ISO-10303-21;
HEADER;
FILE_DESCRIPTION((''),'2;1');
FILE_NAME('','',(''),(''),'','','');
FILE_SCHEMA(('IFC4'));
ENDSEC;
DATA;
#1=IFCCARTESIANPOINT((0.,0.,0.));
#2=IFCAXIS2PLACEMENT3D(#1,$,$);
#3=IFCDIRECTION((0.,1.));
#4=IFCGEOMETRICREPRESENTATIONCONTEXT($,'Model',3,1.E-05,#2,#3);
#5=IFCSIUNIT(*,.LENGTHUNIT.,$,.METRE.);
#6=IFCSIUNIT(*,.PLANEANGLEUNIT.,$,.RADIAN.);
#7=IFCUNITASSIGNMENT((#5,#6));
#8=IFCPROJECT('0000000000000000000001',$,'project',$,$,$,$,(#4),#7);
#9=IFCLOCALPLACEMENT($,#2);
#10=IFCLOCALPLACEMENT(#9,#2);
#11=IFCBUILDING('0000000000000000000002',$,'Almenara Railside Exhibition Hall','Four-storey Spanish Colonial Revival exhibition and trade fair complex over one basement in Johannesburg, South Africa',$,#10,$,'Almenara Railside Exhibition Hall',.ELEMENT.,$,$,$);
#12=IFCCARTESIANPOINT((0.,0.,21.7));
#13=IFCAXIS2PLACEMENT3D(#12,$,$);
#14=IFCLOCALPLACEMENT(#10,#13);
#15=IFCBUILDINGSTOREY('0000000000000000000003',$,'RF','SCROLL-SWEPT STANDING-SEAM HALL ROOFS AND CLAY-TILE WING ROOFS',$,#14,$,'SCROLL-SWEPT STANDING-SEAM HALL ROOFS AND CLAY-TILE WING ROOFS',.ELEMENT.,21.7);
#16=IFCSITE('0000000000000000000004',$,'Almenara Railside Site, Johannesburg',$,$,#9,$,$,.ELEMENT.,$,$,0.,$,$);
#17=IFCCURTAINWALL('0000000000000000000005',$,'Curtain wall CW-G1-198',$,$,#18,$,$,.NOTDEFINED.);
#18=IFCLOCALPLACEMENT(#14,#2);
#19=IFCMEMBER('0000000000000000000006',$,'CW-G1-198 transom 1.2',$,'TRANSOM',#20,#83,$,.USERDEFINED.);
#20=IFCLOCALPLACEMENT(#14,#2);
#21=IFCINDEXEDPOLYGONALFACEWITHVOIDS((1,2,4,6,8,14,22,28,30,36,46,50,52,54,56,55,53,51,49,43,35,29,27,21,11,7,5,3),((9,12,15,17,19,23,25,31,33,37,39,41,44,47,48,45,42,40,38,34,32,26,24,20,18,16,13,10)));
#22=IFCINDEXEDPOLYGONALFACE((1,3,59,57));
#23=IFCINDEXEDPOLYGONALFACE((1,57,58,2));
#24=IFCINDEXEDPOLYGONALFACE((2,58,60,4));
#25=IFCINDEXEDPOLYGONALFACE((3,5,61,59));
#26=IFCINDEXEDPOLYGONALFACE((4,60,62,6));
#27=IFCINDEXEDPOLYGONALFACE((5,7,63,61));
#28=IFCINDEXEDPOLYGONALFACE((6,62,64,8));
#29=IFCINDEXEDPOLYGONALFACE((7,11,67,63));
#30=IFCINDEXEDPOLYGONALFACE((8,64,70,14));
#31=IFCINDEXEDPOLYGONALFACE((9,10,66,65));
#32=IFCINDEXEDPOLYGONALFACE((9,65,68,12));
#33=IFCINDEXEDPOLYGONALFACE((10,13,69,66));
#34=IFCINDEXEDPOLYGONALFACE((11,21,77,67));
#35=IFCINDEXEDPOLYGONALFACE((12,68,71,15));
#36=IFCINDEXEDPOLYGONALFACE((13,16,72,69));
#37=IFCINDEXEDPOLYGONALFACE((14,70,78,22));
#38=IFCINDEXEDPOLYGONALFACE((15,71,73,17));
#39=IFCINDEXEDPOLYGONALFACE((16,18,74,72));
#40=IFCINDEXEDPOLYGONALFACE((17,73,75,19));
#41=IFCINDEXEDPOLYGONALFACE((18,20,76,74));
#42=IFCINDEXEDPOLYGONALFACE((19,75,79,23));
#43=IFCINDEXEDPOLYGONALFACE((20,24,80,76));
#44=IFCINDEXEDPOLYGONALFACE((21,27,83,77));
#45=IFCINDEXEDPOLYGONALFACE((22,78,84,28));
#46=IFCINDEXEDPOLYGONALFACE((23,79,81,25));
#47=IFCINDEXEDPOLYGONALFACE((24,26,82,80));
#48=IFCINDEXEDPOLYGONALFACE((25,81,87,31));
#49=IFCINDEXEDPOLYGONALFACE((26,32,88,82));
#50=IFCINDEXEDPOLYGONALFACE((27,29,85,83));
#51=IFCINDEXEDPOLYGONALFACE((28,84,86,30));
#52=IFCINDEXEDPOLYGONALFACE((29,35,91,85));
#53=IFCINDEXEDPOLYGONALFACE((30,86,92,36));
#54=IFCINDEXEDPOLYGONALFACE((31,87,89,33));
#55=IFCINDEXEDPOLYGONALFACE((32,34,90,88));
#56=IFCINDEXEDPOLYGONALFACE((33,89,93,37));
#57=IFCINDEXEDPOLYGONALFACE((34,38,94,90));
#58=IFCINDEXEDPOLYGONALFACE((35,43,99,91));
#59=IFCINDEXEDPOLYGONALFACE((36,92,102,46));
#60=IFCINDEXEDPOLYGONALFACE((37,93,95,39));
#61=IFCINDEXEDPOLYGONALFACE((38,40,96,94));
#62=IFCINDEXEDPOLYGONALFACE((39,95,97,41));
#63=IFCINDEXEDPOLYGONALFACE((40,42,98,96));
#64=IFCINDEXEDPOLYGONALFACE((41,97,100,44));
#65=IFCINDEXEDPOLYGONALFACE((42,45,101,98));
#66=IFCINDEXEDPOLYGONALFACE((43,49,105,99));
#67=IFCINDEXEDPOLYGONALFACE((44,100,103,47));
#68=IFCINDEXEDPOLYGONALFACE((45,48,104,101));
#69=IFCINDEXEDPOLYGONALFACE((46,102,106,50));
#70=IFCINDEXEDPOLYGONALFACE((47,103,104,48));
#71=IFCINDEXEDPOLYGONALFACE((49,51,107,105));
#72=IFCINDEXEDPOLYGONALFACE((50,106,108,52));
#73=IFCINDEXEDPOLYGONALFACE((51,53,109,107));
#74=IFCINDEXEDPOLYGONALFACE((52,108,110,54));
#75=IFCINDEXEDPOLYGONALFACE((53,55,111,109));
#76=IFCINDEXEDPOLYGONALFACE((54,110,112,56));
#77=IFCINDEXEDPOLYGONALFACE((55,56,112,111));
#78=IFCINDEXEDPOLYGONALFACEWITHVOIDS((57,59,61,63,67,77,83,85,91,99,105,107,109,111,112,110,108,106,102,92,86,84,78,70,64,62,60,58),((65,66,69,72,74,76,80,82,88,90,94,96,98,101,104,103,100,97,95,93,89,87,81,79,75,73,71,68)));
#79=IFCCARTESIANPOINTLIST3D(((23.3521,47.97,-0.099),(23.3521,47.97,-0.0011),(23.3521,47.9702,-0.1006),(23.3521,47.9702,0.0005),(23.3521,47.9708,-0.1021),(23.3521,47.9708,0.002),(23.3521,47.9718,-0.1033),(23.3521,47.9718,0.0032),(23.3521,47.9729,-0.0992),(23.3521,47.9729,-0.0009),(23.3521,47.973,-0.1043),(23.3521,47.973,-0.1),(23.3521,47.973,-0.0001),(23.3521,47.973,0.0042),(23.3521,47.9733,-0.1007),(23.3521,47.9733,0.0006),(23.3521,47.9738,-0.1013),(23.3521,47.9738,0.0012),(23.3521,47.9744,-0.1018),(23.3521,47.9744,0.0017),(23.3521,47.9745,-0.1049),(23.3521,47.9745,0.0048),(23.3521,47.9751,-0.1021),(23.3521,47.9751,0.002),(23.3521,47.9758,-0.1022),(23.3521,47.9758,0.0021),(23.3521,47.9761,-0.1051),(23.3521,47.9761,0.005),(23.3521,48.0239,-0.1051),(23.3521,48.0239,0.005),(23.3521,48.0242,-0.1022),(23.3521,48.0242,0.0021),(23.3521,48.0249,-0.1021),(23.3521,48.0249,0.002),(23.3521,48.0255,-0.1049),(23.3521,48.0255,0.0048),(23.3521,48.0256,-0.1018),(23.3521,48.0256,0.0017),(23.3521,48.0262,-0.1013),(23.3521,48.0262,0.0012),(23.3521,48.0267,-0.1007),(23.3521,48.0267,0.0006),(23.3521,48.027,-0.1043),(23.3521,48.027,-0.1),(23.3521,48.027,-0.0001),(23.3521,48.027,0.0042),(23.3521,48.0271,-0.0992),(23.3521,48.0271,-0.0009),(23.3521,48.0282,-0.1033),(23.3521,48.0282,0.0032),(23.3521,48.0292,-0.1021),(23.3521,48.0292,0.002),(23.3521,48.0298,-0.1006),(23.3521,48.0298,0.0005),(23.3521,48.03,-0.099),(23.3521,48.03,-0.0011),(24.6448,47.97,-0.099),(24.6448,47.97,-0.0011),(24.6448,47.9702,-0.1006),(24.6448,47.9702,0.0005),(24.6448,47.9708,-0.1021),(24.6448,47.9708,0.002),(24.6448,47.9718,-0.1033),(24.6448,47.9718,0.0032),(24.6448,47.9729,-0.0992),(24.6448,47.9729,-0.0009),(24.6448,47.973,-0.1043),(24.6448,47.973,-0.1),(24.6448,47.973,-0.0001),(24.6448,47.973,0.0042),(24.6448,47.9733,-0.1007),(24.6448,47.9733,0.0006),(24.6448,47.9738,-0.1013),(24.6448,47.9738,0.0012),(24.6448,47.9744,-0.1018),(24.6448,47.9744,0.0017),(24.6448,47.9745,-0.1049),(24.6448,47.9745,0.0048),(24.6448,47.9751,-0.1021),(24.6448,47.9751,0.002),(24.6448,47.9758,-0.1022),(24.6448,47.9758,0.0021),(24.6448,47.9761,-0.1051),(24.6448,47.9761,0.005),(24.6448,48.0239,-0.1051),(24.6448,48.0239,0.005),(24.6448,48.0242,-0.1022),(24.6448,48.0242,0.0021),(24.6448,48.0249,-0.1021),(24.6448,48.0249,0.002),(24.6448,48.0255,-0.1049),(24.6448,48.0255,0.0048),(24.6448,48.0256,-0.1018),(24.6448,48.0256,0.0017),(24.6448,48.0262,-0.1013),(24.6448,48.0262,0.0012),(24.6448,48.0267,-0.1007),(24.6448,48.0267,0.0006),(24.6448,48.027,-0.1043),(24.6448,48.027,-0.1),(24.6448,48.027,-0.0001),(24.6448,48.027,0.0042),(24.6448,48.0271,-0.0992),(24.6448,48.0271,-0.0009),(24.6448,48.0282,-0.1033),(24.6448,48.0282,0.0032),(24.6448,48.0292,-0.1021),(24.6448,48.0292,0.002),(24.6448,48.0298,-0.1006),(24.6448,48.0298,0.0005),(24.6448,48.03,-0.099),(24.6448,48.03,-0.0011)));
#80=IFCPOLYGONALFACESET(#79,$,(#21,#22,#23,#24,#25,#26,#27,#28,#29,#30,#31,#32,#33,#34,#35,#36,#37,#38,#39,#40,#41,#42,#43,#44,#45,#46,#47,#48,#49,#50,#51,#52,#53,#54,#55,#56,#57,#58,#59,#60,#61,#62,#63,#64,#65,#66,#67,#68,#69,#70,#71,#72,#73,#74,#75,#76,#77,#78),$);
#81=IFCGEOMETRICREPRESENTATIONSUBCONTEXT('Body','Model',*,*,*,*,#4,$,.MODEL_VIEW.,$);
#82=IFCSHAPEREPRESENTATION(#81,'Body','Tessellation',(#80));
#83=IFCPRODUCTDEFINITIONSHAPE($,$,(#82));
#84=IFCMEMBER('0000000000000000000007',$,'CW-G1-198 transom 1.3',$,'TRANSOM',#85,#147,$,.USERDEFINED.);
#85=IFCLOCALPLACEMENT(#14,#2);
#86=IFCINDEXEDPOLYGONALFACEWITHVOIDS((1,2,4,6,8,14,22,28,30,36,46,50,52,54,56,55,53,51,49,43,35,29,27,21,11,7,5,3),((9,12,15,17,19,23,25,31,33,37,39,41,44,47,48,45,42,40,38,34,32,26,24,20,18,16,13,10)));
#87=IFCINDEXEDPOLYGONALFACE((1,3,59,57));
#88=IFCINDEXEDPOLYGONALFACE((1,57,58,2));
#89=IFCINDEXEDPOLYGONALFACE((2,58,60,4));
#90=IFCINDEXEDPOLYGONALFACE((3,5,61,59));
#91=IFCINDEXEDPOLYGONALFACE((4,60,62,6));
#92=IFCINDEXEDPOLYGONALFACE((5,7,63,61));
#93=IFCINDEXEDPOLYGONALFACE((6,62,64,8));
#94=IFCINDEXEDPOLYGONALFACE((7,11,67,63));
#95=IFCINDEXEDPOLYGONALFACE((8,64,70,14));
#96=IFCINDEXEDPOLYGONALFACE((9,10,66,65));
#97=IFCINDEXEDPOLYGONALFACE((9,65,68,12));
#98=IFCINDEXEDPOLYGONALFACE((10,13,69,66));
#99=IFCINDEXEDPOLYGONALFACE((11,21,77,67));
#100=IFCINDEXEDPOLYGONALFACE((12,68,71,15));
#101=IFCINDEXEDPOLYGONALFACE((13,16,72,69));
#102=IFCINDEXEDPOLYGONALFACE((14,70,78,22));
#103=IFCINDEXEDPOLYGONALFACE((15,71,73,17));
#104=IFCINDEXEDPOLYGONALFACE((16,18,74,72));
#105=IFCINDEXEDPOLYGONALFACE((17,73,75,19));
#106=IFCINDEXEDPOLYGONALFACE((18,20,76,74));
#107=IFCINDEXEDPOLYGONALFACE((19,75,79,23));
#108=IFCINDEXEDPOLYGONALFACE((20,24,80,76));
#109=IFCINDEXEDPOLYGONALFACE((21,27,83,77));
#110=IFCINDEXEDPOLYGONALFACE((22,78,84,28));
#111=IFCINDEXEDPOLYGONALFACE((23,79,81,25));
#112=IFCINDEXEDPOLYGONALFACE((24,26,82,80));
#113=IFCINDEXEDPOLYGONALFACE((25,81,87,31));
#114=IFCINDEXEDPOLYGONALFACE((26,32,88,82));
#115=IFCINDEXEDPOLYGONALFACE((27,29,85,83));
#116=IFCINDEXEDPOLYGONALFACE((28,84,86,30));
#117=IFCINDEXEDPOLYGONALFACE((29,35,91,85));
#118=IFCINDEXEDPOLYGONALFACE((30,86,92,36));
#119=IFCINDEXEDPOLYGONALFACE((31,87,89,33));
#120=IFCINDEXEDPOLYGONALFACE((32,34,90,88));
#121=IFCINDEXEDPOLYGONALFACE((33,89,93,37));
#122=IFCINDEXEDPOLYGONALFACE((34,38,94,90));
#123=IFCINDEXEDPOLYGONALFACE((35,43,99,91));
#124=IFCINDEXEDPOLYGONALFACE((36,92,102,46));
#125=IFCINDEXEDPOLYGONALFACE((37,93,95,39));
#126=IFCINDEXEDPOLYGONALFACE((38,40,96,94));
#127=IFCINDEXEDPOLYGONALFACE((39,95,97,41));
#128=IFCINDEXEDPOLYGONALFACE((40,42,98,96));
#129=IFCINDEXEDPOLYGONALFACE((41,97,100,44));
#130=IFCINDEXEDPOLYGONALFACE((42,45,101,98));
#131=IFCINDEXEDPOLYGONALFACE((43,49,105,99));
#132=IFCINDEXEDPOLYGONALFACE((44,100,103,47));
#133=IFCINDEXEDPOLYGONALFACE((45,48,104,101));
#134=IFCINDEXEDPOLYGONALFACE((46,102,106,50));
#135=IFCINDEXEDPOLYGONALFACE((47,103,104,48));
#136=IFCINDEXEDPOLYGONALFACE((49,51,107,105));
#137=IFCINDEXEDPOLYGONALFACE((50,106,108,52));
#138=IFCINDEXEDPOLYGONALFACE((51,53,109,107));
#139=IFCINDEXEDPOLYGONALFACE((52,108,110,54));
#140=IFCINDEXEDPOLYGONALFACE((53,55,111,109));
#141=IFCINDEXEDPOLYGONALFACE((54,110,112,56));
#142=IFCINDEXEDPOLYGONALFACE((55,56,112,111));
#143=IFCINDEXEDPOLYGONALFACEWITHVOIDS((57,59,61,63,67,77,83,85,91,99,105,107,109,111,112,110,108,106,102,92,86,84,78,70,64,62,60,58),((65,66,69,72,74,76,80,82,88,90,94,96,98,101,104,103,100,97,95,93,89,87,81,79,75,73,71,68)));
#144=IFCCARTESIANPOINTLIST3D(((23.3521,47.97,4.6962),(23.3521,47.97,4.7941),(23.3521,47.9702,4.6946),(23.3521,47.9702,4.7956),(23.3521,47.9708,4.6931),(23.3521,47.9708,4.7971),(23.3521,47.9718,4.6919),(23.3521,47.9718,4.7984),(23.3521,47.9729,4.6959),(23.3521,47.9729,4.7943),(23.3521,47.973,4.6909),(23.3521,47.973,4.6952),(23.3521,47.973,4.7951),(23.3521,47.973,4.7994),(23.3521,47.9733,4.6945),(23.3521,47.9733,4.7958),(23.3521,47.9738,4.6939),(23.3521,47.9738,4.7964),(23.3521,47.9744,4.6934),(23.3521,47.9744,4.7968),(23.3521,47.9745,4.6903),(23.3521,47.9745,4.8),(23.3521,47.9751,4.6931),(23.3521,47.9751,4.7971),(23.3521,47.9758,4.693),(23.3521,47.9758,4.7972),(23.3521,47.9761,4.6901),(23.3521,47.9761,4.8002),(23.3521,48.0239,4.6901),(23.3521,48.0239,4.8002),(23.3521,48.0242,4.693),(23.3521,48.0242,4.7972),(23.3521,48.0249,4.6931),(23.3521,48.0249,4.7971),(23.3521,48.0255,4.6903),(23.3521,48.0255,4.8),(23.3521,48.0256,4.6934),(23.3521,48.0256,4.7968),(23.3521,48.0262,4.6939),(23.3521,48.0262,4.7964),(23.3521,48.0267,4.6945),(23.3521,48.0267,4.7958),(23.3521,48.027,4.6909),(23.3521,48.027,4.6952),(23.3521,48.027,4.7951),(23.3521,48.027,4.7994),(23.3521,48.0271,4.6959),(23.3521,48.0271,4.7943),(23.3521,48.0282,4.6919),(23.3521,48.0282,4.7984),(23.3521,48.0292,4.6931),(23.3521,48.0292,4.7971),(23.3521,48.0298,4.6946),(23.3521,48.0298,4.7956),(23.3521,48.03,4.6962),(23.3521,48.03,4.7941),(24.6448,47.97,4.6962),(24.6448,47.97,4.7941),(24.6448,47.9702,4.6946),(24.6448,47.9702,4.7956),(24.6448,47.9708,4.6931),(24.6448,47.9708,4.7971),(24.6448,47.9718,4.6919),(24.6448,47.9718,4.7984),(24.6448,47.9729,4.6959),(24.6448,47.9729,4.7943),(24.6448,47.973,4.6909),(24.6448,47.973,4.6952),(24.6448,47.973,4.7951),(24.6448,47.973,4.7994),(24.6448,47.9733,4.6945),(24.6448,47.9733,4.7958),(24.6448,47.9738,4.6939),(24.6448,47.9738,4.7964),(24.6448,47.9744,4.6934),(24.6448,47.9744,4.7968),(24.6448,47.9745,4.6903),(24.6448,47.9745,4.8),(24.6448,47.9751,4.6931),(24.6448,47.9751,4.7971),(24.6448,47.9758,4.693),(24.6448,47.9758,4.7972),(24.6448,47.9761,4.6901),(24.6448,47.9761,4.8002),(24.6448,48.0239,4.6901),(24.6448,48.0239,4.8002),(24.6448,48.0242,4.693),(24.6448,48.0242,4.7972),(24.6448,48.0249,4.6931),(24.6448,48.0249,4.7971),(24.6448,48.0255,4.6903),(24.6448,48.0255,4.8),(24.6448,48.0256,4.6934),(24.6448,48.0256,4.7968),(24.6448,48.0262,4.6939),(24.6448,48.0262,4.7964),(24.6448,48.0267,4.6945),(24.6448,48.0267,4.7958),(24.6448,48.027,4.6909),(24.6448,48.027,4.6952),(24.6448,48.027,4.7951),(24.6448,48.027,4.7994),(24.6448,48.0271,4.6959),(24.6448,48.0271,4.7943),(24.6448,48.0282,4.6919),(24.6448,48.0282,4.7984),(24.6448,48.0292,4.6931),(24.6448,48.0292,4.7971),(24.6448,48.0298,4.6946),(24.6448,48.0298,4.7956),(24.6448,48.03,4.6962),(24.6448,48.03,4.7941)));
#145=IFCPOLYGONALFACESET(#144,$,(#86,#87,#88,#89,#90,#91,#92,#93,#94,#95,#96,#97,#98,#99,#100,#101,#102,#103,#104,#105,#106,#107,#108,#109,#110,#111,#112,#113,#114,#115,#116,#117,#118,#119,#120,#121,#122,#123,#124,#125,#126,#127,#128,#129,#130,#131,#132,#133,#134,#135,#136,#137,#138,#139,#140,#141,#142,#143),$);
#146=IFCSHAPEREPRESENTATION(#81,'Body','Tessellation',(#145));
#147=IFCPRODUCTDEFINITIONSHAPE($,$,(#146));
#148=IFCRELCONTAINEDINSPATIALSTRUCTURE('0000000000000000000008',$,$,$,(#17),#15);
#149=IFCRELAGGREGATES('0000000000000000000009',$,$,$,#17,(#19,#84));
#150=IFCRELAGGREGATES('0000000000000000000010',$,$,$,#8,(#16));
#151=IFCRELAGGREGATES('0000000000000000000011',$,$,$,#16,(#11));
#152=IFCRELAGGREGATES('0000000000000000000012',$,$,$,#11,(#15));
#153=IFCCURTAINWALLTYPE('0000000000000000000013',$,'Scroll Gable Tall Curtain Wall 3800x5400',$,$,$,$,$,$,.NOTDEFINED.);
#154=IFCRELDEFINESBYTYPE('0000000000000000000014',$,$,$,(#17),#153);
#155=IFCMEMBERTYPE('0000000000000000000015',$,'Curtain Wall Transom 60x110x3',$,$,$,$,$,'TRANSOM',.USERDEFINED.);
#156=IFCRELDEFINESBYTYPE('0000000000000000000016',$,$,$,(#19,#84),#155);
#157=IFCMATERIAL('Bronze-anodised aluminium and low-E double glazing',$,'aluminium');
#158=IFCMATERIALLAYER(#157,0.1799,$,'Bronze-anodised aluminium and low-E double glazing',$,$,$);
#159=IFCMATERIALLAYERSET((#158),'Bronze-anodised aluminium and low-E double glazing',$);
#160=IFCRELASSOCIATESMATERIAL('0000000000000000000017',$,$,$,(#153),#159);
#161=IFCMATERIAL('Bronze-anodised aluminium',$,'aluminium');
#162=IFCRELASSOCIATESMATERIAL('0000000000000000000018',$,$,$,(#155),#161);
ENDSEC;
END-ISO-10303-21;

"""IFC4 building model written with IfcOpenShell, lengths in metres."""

from ifc_helpers import new_model, si_unit, direction, frame, origin, origin_2d, place, context, subcontext, project, spatial, hollow_rectangle, extrude, material, layer, layer_set, material_profile, profile_set, type_object, element, aggregate, save


model = new_model("IFC4")

# Units and contexts
model_context = context("Model", 3, precision=1e-05, world=origin(), true_north=direction((0.0, 1.0)))
body_context = subcontext(model_context, "Body", "Model", "MODEL_VIEW")
ifc_project = project(units=[si_unit("LENGTHUNIT", "METRE"), si_unit("PLANEANGLEUNIT", "RADIAN")], contexts=[model_context])

# Site, building, storey
site_placement = place(None, origin())
site = spatial("IfcSite", under=ifc_project, at=site_placement, Name="Almenara Railside Site, Johannesburg", CompositionType="ELEMENT", RefElevation=0.0)
building_placement = place(site_placement, origin())
building = spatial("IfcBuilding", under=site, at=building_placement, Name="Almenara Railside Exhibition Hall", Description="Four-storey Spanish Colonial Revival exhibition and trade fair complex over one basement in Johannesburg, South Africa", LongName="Almenara Railside Exhibition Hall", CompositionType="ELEMENT")
storey_placement = place(building_placement, frame((0.0, 0.0, 21.7)))
storey = spatial("IfcBuildingStorey", under=building, at=storey_placement, Name="RF", Description="SCROLL-SWEPT STANDING-SEAM HALL ROOFS AND CLAY-TILE WING ROOFS", LongName="SCROLL-SWEPT STANDING-SEAM HALL ROOFS AND CLAY-TILE WING ROOFS", CompositionType="ELEMENT", Elevation=21.7)

# Curtain wall
ifc_material_1 = material(Name="Bronze-anodised aluminium and low-E double glazing", Category="aluminium")
ifc_layer_1 = layer(ifc_material_1, 0.1799, Name="Bronze-anodised aluminium and low-E double glazing")
ifc_layer_set_1 = layer_set([ifc_layer_1], Name="Bronze-anodised aluminium and low-E double glazing")
curtain_wall_type = type_object("IfcCurtainWallType", Name="Scroll Gable Tall Curtain Wall 3800x5400", PredefinedType="NOTDEFINED", material=ifc_layer_set_1)
curtain_wall_1_placement = place(storey_placement, origin())
curtain_wall_1 = element("IfcCurtainWall", 1, at=curtain_wall_1_placement, inside=storey, type_object=curtain_wall_type, Name="Curtain wall CW-G1-198", PredefinedType="NOTDEFINED")
ifc_material_2 = material(Name="Bronze-anodised aluminium", Category="aluminium")

# Members
ifc_material_profile_1 = material_profile(ifc_material_2, hollow_rectangle(XDim=0.0601, YDim=0.1101, WallThickness=0.0029, InnerFilletRadius=0.0029, OuterFilletRadius=0.0061, at=origin_2d()), Name="ALU-TRN 60x110x3")
ifc_profile_set_1 = profile_set([ifc_material_profile_1], Name="Bronze-anodised aluminium")
member_type_1 = type_object("IfcMemberType", Name="Curtain Wall Transom 60x110x3", ElementType="TRANSOM", PredefinedType="USERDEFINED", material=ifc_profile_set_1)
member_1_placement = place(storey_placement, frame((23.3521, 48.0, -0.05), z_axis=(1.0, 0.0, 0.0), x_axis=(0.0, 1.0, 0.0)))
member_1 = element("IfcMember", 2, at=member_1_placement, type_object=member_type_1, Name="CW-G1-198 transom 1.2", ObjectType="TRANSOM", PredefinedType="USERDEFINED", context=body_context, shape_type="SweptSolid", body=[
    extrude(hollow_rectangle(XDim=0.0601, YDim=0.1101, WallThickness=0.0029, InnerFilletRadius=0.0029, OuterFilletRadius=0.0061, at=origin_2d()), origin(), (0.0, 0.0, 1.0), 1.2927),
])
member_2_placement = place(storey_placement, frame((23.3521, 48.0, 4.7451), z_axis=(1.0, 0.0, 0.0), x_axis=(0.0, 1.0, 0.0)))
member_2 = element("IfcMember", 3, at=member_2_placement, type_object=member_type_1, Name="CW-G1-198 transom 1.3", ObjectType="TRANSOM", PredefinedType="USERDEFINED", context=body_context, shape_type="SweptSolid", body=[
    extrude(hollow_rectangle(XDim=0.0601, YDim=0.1101, WallThickness=0.0029, InnerFilletRadius=0.0029, OuterFilletRadius=0.0061, at=origin_2d()), origin(), (0.0, 0.0, 1.0), 1.2927),
])

aggregate(curtain_wall_1, [member_1, member_2])

save(model, "model.ifc")
